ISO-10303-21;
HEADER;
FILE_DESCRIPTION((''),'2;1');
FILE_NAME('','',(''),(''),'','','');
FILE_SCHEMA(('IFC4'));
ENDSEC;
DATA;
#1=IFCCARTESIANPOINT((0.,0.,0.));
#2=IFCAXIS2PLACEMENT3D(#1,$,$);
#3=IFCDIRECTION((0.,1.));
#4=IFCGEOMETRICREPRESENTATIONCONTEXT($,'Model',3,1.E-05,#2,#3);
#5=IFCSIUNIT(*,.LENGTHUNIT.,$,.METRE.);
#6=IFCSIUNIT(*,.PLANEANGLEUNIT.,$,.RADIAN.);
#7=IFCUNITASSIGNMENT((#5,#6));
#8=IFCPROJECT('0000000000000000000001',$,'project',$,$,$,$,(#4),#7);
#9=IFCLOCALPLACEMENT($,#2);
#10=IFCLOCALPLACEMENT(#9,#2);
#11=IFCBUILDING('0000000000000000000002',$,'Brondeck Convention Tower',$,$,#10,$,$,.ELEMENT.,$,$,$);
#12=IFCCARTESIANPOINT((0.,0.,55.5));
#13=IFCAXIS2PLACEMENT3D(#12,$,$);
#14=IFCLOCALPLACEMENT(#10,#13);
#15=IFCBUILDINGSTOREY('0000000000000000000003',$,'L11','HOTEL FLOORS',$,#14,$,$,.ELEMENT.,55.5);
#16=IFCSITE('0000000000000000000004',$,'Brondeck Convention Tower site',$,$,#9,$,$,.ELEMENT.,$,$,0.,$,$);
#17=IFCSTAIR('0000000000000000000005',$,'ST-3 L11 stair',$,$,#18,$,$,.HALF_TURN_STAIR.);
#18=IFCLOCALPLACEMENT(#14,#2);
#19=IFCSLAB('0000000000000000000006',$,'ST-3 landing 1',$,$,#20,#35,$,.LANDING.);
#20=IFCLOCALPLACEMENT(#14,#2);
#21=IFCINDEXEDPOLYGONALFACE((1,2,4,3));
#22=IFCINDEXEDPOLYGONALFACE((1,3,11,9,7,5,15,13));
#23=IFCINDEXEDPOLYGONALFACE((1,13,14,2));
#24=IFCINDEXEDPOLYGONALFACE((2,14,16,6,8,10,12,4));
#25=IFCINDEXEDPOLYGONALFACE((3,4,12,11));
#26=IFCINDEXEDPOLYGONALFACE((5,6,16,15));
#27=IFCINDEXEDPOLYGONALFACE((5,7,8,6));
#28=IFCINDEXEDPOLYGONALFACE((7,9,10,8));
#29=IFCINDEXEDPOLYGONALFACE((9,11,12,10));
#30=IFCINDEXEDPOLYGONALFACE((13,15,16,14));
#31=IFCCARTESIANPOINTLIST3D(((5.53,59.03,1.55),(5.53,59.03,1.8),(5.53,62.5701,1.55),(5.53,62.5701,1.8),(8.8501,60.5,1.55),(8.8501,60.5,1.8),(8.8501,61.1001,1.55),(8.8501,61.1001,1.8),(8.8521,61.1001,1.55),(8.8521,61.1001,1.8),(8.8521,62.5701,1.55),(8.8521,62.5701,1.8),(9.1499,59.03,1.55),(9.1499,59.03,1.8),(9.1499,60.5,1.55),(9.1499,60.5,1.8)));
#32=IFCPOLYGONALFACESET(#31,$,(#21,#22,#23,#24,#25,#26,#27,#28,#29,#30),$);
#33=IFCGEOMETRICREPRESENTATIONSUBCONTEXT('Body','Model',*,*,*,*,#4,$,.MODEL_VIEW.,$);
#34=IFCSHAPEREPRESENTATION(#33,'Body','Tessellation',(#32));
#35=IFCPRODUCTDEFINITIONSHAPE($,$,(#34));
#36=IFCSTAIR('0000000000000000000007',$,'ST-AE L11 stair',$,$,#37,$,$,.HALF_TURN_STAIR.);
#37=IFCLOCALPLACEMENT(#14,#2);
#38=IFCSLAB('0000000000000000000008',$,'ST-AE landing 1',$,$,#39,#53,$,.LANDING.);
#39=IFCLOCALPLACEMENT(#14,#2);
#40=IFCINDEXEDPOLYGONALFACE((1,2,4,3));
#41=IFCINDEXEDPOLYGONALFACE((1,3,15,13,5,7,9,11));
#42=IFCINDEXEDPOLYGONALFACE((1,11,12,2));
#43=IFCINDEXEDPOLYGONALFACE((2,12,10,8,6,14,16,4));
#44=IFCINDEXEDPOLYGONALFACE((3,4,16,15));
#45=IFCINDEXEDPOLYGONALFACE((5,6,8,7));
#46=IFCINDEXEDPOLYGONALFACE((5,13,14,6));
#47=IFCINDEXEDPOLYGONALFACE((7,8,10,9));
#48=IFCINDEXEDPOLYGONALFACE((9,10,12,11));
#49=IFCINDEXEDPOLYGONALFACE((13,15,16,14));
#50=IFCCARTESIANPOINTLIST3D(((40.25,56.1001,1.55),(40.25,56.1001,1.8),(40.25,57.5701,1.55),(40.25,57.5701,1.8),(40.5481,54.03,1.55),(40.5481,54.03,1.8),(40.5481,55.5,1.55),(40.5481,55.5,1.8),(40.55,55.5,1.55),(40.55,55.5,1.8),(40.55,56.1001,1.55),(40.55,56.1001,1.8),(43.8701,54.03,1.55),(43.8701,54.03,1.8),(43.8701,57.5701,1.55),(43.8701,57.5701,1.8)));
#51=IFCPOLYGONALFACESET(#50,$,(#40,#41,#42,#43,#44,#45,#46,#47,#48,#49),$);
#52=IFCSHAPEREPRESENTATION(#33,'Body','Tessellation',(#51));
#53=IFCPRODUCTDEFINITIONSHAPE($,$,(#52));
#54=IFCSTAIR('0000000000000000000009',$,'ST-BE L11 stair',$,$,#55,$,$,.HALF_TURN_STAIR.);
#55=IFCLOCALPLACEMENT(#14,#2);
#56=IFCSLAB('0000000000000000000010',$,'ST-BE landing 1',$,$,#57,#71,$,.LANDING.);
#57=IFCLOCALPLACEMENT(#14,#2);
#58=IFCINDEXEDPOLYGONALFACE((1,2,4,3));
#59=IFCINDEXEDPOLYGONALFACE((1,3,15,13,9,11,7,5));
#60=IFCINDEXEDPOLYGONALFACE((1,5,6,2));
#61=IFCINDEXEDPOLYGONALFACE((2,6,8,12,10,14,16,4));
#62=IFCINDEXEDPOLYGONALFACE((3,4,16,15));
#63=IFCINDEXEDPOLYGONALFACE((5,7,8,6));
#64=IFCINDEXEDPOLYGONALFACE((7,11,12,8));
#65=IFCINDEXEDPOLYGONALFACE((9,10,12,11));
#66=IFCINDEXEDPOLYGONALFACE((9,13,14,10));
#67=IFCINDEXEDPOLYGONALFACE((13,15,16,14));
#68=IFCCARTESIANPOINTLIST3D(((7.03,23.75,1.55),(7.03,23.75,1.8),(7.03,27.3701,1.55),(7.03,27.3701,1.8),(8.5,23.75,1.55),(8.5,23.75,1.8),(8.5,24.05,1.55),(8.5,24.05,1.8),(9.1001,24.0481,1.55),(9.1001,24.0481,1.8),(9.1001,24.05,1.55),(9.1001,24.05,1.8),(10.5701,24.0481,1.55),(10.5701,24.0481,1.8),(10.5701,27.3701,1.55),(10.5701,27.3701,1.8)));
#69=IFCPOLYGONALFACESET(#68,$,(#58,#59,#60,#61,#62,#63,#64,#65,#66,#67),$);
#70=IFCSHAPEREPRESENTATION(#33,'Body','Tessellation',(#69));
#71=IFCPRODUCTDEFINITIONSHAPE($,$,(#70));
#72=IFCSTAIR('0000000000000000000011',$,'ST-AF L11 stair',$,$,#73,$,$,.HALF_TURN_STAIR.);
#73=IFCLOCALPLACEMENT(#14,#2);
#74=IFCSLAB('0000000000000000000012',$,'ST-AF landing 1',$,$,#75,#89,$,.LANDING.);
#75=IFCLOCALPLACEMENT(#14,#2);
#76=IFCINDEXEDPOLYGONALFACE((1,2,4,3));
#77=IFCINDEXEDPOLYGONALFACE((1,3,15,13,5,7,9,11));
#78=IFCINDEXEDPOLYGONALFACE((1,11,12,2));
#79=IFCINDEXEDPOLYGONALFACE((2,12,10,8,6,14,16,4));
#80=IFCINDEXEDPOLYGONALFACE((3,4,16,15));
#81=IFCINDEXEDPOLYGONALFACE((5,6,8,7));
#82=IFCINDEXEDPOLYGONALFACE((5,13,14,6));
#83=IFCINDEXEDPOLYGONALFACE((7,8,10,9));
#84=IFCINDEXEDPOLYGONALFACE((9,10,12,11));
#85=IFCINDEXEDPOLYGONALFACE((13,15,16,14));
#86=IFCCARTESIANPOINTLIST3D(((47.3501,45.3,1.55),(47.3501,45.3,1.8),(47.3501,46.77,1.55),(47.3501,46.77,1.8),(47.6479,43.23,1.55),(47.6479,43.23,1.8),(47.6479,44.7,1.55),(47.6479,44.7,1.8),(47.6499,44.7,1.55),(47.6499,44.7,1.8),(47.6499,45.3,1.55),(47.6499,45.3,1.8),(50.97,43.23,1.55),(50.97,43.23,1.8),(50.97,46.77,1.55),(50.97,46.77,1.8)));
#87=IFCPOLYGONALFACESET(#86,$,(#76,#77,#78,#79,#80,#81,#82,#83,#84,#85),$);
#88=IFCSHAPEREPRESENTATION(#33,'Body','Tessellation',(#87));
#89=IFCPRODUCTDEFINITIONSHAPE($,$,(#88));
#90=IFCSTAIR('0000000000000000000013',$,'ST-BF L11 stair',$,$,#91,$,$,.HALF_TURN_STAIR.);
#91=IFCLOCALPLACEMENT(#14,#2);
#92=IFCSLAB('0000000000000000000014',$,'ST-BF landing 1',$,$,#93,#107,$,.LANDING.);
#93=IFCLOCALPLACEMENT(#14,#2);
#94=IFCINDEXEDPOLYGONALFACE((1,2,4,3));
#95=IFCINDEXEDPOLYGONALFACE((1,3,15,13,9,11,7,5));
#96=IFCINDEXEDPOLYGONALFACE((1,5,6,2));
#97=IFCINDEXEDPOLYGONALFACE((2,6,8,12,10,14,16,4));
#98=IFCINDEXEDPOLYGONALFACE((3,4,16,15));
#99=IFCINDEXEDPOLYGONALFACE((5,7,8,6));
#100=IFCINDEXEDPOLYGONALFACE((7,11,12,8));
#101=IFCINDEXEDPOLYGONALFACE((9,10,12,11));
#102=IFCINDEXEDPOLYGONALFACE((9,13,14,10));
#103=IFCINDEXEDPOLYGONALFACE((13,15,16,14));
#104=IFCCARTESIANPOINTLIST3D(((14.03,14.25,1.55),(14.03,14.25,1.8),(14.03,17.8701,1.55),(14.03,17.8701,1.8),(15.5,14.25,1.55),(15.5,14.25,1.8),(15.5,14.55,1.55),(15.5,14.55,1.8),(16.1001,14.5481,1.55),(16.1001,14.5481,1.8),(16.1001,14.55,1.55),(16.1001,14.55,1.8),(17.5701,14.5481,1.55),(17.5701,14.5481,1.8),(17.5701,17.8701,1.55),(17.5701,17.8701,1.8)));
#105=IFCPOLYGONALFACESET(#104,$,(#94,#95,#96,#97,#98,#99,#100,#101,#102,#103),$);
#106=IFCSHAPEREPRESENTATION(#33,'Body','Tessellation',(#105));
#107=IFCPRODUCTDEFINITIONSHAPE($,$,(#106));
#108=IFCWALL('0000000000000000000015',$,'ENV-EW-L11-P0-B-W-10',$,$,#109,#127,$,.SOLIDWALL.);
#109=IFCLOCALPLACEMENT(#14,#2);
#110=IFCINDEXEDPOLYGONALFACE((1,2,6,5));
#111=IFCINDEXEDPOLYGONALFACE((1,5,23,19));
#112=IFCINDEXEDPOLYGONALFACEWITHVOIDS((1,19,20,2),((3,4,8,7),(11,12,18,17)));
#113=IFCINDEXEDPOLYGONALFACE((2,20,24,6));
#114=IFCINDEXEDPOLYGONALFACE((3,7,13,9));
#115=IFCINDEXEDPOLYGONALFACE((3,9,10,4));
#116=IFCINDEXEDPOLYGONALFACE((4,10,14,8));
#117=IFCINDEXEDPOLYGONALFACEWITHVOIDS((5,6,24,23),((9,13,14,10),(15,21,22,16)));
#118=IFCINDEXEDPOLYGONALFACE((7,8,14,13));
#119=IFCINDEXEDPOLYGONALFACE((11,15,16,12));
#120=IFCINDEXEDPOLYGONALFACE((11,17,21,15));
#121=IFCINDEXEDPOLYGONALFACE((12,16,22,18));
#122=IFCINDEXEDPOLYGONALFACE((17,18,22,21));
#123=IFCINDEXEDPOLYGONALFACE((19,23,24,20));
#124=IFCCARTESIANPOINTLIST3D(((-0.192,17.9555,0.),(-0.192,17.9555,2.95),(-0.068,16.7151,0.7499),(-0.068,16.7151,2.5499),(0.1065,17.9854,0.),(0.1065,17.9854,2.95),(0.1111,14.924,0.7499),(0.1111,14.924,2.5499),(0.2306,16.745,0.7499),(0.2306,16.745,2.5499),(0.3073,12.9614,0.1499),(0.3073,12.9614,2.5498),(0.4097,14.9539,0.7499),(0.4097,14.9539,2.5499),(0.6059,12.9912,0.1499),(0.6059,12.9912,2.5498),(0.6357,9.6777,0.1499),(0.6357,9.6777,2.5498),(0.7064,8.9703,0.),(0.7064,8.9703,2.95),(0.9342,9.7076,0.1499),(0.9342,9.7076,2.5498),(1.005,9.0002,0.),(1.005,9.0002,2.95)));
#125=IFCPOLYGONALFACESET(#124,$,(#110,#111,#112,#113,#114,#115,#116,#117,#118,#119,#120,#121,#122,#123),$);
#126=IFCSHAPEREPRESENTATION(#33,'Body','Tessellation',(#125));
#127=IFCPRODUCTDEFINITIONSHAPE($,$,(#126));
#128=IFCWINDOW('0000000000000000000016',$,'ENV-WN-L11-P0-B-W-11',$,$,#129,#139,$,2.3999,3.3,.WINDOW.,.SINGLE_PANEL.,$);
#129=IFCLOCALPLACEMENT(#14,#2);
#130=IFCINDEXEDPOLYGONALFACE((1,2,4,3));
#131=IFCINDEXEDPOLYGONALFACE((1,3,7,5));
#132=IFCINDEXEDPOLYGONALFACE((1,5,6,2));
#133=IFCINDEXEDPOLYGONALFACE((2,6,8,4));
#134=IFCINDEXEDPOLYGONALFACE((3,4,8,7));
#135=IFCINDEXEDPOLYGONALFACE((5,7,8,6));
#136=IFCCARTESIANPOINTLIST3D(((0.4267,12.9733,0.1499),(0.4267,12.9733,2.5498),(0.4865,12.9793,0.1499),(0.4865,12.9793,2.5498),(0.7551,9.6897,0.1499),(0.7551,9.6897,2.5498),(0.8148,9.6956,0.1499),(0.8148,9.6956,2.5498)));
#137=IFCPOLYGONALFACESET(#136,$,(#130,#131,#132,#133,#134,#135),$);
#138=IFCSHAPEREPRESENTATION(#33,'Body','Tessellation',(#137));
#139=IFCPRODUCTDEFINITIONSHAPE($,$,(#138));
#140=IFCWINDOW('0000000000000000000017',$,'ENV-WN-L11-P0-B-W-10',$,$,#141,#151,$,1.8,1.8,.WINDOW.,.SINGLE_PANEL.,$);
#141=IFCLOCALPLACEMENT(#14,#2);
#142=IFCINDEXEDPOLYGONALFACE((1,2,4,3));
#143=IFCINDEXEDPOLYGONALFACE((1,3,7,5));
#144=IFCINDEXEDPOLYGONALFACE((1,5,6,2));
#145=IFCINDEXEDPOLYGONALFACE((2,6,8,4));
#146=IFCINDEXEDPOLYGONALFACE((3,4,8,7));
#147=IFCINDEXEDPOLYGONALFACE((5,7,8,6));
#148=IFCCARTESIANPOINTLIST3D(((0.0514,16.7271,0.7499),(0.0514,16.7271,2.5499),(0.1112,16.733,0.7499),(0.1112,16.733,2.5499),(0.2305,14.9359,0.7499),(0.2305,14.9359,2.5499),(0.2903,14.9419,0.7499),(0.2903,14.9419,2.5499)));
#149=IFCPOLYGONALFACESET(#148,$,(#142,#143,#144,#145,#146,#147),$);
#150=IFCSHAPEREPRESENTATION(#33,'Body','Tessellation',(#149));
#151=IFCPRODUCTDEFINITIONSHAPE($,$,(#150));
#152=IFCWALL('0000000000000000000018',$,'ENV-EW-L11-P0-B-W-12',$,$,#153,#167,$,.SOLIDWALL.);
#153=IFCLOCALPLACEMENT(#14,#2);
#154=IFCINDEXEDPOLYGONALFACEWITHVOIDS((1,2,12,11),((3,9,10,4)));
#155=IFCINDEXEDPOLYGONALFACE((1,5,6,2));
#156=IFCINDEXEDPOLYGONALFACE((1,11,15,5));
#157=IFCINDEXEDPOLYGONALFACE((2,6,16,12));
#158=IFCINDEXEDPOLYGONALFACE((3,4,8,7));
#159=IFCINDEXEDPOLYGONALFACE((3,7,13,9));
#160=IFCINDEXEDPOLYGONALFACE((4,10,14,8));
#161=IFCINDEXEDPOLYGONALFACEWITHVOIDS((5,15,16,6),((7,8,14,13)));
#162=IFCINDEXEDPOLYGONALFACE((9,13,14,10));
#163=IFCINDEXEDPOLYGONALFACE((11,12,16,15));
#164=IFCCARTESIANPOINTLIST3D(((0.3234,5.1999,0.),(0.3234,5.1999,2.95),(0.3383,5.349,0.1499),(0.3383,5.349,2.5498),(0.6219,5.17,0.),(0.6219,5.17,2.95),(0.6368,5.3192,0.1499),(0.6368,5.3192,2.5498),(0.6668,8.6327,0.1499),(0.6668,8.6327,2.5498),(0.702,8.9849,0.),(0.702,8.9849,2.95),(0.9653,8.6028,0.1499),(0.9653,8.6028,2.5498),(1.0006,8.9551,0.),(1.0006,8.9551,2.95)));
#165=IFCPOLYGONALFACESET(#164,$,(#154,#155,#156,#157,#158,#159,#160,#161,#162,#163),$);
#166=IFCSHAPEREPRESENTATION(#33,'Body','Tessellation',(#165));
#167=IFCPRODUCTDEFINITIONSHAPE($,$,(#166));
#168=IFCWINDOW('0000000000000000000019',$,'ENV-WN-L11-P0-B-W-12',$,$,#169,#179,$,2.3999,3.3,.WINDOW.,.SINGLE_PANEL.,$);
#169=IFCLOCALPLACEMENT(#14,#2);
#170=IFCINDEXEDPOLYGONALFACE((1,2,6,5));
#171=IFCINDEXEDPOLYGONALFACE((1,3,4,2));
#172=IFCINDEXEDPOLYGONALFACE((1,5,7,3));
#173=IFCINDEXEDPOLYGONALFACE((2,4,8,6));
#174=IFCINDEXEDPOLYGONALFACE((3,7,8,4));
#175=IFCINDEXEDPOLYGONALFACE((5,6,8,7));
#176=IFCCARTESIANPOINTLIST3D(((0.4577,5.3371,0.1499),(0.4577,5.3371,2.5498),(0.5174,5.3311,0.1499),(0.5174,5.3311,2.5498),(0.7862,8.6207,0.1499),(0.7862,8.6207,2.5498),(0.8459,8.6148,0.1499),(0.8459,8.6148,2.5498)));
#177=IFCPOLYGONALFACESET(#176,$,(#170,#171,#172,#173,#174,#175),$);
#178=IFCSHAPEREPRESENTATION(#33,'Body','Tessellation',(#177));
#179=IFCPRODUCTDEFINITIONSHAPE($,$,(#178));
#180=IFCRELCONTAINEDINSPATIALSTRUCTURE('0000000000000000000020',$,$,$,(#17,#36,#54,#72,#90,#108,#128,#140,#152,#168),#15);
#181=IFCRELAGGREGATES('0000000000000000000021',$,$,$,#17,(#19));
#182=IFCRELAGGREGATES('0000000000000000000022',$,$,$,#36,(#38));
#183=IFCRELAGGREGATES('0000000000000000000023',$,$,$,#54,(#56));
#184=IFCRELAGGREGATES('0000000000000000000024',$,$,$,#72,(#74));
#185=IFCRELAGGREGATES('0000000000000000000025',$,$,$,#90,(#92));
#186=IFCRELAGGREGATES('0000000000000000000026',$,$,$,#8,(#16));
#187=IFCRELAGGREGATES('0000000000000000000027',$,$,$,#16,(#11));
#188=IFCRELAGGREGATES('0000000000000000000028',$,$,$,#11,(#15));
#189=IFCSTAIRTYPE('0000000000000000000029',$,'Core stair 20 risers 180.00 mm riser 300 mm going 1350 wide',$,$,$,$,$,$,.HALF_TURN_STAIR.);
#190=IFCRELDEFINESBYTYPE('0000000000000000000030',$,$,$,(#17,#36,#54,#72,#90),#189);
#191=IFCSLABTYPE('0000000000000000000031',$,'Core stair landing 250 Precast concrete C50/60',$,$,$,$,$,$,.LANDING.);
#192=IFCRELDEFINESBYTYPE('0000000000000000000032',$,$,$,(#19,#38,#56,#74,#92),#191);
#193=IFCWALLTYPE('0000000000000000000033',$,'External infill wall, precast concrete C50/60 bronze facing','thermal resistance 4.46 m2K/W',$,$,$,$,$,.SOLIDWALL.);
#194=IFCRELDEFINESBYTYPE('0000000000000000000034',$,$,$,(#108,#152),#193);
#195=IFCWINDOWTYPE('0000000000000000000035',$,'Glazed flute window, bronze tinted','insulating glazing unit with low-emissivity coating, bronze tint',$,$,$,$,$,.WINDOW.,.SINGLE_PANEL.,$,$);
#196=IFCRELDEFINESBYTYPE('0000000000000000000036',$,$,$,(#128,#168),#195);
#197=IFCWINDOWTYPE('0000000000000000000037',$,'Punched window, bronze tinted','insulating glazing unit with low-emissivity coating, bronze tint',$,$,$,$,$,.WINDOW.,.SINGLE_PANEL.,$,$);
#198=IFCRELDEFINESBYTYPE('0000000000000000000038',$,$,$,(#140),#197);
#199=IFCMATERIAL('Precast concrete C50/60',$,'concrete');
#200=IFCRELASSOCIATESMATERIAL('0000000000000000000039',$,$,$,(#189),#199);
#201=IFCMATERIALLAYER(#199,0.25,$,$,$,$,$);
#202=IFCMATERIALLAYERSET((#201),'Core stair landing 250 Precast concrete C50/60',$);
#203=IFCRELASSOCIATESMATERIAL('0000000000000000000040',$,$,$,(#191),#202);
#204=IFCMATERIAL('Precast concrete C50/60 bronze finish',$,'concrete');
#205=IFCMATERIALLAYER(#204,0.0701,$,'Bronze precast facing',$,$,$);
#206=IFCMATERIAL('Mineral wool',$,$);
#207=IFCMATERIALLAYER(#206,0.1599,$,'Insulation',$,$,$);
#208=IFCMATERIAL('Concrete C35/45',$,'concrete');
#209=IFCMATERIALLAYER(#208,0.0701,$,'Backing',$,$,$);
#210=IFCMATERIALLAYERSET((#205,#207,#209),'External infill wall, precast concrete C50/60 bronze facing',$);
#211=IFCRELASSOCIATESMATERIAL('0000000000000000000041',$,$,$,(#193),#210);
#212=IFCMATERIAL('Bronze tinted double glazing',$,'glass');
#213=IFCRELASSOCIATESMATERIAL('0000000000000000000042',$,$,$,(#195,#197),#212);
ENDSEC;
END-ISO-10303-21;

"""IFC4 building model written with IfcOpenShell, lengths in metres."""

from ifc_helpers import new_model, si_unit, direction, frame, frame_2d, origin, place, context, subcontext, project, spatial, polyline, rectangle, outline, extrude, material, layer, layer_set, type_object, element, fill, aggregate, save


model = new_model("IFC4")

# Units and contexts
model_context = context("Model", 3, precision=1e-05, world=origin(), true_north=direction((0.0, 1.0)))
body_context = subcontext(model_context, "Body", "Model", "MODEL_VIEW")
ifc_project = project(units=[si_unit("LENGTHUNIT", "METRE"), si_unit("PLANEANGLEUNIT", "RADIAN")], contexts=[model_context])

# Site, building, storey
site_placement = place(None, origin())
site = spatial("IfcSite", under=ifc_project, at=site_placement, Name="Brondeck Convention Tower site", CompositionType="ELEMENT", RefElevation=0.0)
building_placement = place(site_placement, origin())
building = spatial("IfcBuilding", under=site, at=building_placement, Name="Brondeck Convention Tower", CompositionType="ELEMENT")
storey_placement = place(building_placement, frame((0.0, 0.0, 55.5)))
storey = spatial("IfcBuildingStorey", under=building, at=storey_placement, Name="L11", Description="HOTEL FLOORS", CompositionType="ELEMENT", Elevation=55.5)

# Shared definitions
ifc_material_1 = material(Name="Concrete C35/45", Category="concrete")

# Stairs, slabs
ifc_material_2 = material(Name="Precast concrete C50/60", Category="concrete")
stair_type = type_object("IfcStairType", Name="Core stair 20 risers 180.00 mm riser 300 mm going 1350 wide", PredefinedType="HALF_TURN_STAIR", material=ifc_material_2)
ifc_layer_1 = layer(ifc_material_2, 0.25)
ifc_layer_set_1 = layer_set([ifc_layer_1], Name="Core stair landing 250 Precast concrete C50/60")
slab_type_1 = type_object("IfcSlabType", Name="Core stair landing 250 Precast concrete C50/60", PredefinedType="LANDING", material=ifc_layer_set_1)
stair_1_placement = place(storey_placement, origin())
stair_1 = element("IfcStair", 1, at=stair_1_placement, inside=storey, type_object=stair_type, Name="ST-3 L11 stair", PredefinedType="HALF_TURN_STAIR")
slab_1_placement = place(storey_placement, frame((0.0, 0.0, 1.55)))
slab_1 = element("IfcSlab", 2, at=slab_1_placement, type_object=slab_type_1, Name="ST-3 landing 1", PredefinedType="LANDING", context=body_context, shape_type="SweptSolid", body=[
    extrude(outline(polyline([(9.1499, 60.5), (9.1499, 59.03), (5.53, 59.03), (5.53, 62.5701), (8.8521, 62.5701), (8.8521, 61.1001), (8.8501, 61.1001), (8.8501, 60.5), (9.1499, 60.5)])), origin(), (0.0, 0.0, 1.0), 0.25),
])
aggregate(stair_1, [slab_1])
stair_2_placement = place(storey_placement, origin())
stair_2 = element("IfcStair", 3, at=stair_2_placement, inside=storey, type_object=stair_type, Name="ST-AE L11 stair", PredefinedType="HALF_TURN_STAIR")
slab_2_placement = place(storey_placement, frame((0.0, 0.0, 1.55)))
slab_2 = element("IfcSlab", 4, at=slab_2_placement, type_object=slab_type_1, Name="ST-AE landing 1", PredefinedType="LANDING", context=body_context, shape_type="SweptSolid", body=[
    extrude(outline(polyline([(40.5481, 55.5), (40.55, 55.5), (40.55, 56.1001), (40.25, 56.1001), (40.25, 57.5701), (43.8701, 57.5701), (43.8701, 54.03), (40.5481, 54.03), (40.5481, 55.5)])), origin(), (0.0, 0.0, 1.0), 0.25),
])
aggregate(stair_2, [slab_2])
stair_3_placement = place(storey_placement, origin())
stair_3 = element("IfcStair", 5, at=stair_3_placement, inside=storey, type_object=stair_type, Name="ST-BE L11 stair", PredefinedType="HALF_TURN_STAIR")
slab_3_placement = place(storey_placement, frame((0.0, 0.0, 1.55)))
slab_3 = element("IfcSlab", 6, at=slab_3_placement, type_object=slab_type_1, Name="ST-BE landing 1", PredefinedType="LANDING", context=body_context, shape_type="SweptSolid", body=[
    extrude(outline(polyline([(7.03, 23.75), (7.03, 27.3701), (10.5701, 27.3701), (10.5701, 24.0481), (9.1001, 24.0481), (9.1001, 24.05), (8.5, 24.05), (8.5, 23.75), (7.03, 23.75)])), origin(), (0.0, 0.0, 1.0), 0.25),
])
aggregate(stair_3, [slab_3])
stair_4_placement = place(storey_placement, origin())
stair_4 = element("IfcStair", 7, at=stair_4_placement, inside=storey, type_object=stair_type, Name="ST-AF L11 stair", PredefinedType="HALF_TURN_STAIR")
slab_4_placement = place(storey_placement, frame((0.0, 0.0, 1.55)))
slab_4 = element("IfcSlab", 8, at=slab_4_placement, type_object=slab_type_1, Name="ST-AF landing 1", PredefinedType="LANDING", context=body_context, shape_type="SweptSolid", body=[
    extrude(outline(polyline([(47.6479, 44.7), (47.6499, 44.7), (47.6499, 45.3), (47.3501, 45.3), (47.3501, 46.77), (50.97, 46.77), (50.97, 43.23), (47.6479, 43.23), (47.6479, 44.7)])), origin(), (0.0, 0.0, 1.0), 0.25),
])
aggregate(stair_4, [slab_4])
stair_5_placement = place(storey_placement, origin())
stair_5 = element("IfcStair", 9, at=stair_5_placement, inside=storey, type_object=stair_type, Name="ST-BF L11 stair", PredefinedType="HALF_TURN_STAIR")
slab_5_placement = place(storey_placement, frame((0.0, 0.0, 1.55)))
slab_5 = element("IfcSlab", 10, at=slab_5_placement, type_object=slab_type_1, Name="ST-BF landing 1", PredefinedType="LANDING", context=body_context, shape_type="SweptSolid", body=[
    extrude(outline(polyline([(14.03, 14.25), (14.03, 17.8701), (17.5701, 17.8701), (17.5701, 14.5481), (16.1001, 14.5481), (16.1001, 14.55), (15.5, 14.55), (15.5, 14.25), (14.03, 14.25)])), origin(), (0.0, 0.0, 1.0), 0.25),
])
aggregate(stair_5, [slab_5])

# Wall, openings, windows
ifc_material_3 = material(Name="Precast concrete C50/60 bronze finish", Category="concrete")
ifc_layer_2 = layer(ifc_material_3, 0.0701, Name="Bronze precast facing")
ifc_material_4 = material(Name="Mineral wool")
ifc_layer_3 = layer(ifc_material_4, 0.1599, Name="Insulation")
ifc_layer_4 = layer(ifc_material_1, 0.0701, Name="Backing")
ifc_layer_set_2 = layer_set([ifc_layer_2, ifc_layer_3, ifc_layer_4], Name="External infill wall, precast concrete C50/60 bronze facing")
wall_type_1 = type_object("IfcWallType", Name="External infill wall, precast concrete C50/60 bronze facing", Description="thermal resistance 4.46 m2K/W", PredefinedType="SOLIDWALL", material=ifc_layer_set_2)
wall_1_placement = place(storey_placement, frame((0.8557, 8.9851, 0.0), z_axis=(0.0, 0.0, 1.0), x_axis=(-0.099496, 0.995038, 0.0)))
wall_1 = element("IfcWall", 11, at=wall_1_placement, inside=storey, type_object=wall_type_1, Name="ENV-EW-L11-P0-B-W-10", PredefinedType="SOLIDWALL", context=body_context, shape_type="SweptSolid", body=[
    extrude(rectangle(XDim=9.03, YDim=0.3, at=frame_2d((4.5151, 0.0))), origin(), (0.0, 0.0, 1.0), 2.95),
])
opening_1_placement = place(wall_1_placement, frame((0.7112, 0.0, 0.1499)))
opening_1 = element("IfcOpeningElement", 12, at=opening_1_placement, cuts=wall_1, PredefinedType="OPENING", context=body_context, shape_type="SweptSolid", body=[
    extrude(rectangle(XDim=3.3, YDim=2.3999, at=frame_2d((1.6499, 1.2))), frame((0.0, 0.1599, 0.0), z_axis=(0.0, -1.0, 0.0), x_axis=(1.0, 0.0, 0.0)), (0.0, 0.0, 1.0), 0.3201),
])
opening_2_placement = place(wall_1_placement, frame((5.9836, 0.0, 0.75)))
opening_2 = element("IfcOpeningElement", 13, at=opening_2_placement, cuts=wall_1, PredefinedType="OPENING", context=body_context, shape_type="SweptSolid", body=[
    extrude(rectangle(XDim=1.8, YDim=1.8, at=frame_2d((0.8999, 0.8999))), frame((0.0, 0.1599, 0.0), z_axis=(0.0, -1.0, 0.0), x_axis=(1.0, 0.0, 0.0)), (0.0, 0.0, 1.0), 0.3201),
])
ifc_material_5 = material(Name="Bronze tinted double glazing", Category="glass")
window_type_1 = type_object("IfcWindowType", Name="Glazed flute window, bronze tinted", Description="insulating glazing unit with low-emissivity coating, bronze tint", PartitioningType="SINGLE_PANEL", PredefinedType="WINDOW", material=ifc_material_5)
window_1_placement = place(opening_1_placement, origin())
window_1 = element("IfcWindow", 14, at=window_1_placement, inside=storey, type_object=window_type_1, Name="ENV-WN-L11-P0-B-W-11", OverallHeight=2.3999, OverallWidth=3.3, PartitioningType="SINGLE_PANEL", PredefinedType="WINDOW", context=body_context, shape_type="SweptSolid", body=[
    extrude(rectangle(XDim=3.3, YDim=2.3999, at=frame_2d((1.6499, 1.2))), frame((0.0, 0.03, 0.0), z_axis=(0.0, -1.0, 0.0), x_axis=(1.0, 0.0, 0.0)), (0.0, 0.0, 1.0), 0.0601),
])
fill(opening_1, window_1)
window_type_2 = type_object("IfcWindowType", Name="Punched window, bronze tinted", Description="insulating glazing unit with low-emissivity coating, bronze tint", PartitioningType="SINGLE_PANEL", PredefinedType="WINDOW", material=ifc_material_5)
window_2_placement = place(opening_2_placement, origin())
window_2 = element("IfcWindow", 15, at=window_2_placement, inside=storey, type_object=window_type_2, Name="ENV-WN-L11-P0-B-W-10", OverallHeight=1.8, OverallWidth=1.8, PartitioningType="SINGLE_PANEL", PredefinedType="WINDOW", context=body_context, shape_type="SweptSolid", body=[
    extrude(rectangle(XDim=1.8, YDim=1.8, at=frame_2d((0.8999, 0.8999))), frame((0.0, 0.03, 0.0), z_axis=(0.0, -1.0, 0.0), x_axis=(1.0, 0.0, 0.0)), (0.0, 0.0, 1.0), 0.0601),
])
fill(opening_2, window_2)

# Wall, opening, window
wall_2_placement = place(storey_placement, frame((0.4727, 5.1851, 0.0), z_axis=(0.0, 0.0, 1.0), x_axis=(0.099542, 0.995033, 0.0)))
wall_2 = element("IfcWall", 16, at=wall_2_placement, inside=storey, type_object=wall_type_1, Name="ENV-EW-L11-P0-B-W-12", PredefinedType="SOLIDWALL", context=body_context, shape_type="SweptSolid", body=[
    extrude(rectangle(XDim=3.804, YDim=0.3, at=frame_2d((1.9019, 0.0))), origin(), (0.0, 0.0, 1.0), 2.95),
])
opening_3_placement = place(wall_2_placement, frame((0.1499, 0.0, 0.1499)))
opening_3 = element("IfcOpeningElement", 17, at=opening_3_placement, cuts=wall_2, PredefinedType="OPENING", context=body_context, shape_type="SweptSolid", body=[
    extrude(rectangle(XDim=3.3, YDim=2.3999, at=frame_2d((1.6499, 1.2))), frame((0.0, 0.1599, 0.0), z_axis=(0.0, -1.0, 0.0), x_axis=(1.0, 0.0, 0.0)), (0.0, 0.0, 1.0), 0.3201),
])
window_3_placement = place(opening_3_placement, origin())
window_3 = element("IfcWindow", 18, at=window_3_placement, inside=storey, type_object=window_type_1, Name="ENV-WN-L11-P0-B-W-12", OverallHeight=2.3999, OverallWidth=3.3, PartitioningType="SINGLE_PANEL", PredefinedType="WINDOW", context=body_context, shape_type="SweptSolid", body=[
    extrude(rectangle(XDim=3.3, YDim=2.3999, at=frame_2d((1.6499, 1.2))), frame((0.0, 0.03, 0.0), z_axis=(0.0, -1.0, 0.0), x_axis=(1.0, 0.0, 0.0)), (0.0, 0.0, 1.0), 0.0601),
])
fill(opening_3, window_3)

save(model, "model.ifc")
